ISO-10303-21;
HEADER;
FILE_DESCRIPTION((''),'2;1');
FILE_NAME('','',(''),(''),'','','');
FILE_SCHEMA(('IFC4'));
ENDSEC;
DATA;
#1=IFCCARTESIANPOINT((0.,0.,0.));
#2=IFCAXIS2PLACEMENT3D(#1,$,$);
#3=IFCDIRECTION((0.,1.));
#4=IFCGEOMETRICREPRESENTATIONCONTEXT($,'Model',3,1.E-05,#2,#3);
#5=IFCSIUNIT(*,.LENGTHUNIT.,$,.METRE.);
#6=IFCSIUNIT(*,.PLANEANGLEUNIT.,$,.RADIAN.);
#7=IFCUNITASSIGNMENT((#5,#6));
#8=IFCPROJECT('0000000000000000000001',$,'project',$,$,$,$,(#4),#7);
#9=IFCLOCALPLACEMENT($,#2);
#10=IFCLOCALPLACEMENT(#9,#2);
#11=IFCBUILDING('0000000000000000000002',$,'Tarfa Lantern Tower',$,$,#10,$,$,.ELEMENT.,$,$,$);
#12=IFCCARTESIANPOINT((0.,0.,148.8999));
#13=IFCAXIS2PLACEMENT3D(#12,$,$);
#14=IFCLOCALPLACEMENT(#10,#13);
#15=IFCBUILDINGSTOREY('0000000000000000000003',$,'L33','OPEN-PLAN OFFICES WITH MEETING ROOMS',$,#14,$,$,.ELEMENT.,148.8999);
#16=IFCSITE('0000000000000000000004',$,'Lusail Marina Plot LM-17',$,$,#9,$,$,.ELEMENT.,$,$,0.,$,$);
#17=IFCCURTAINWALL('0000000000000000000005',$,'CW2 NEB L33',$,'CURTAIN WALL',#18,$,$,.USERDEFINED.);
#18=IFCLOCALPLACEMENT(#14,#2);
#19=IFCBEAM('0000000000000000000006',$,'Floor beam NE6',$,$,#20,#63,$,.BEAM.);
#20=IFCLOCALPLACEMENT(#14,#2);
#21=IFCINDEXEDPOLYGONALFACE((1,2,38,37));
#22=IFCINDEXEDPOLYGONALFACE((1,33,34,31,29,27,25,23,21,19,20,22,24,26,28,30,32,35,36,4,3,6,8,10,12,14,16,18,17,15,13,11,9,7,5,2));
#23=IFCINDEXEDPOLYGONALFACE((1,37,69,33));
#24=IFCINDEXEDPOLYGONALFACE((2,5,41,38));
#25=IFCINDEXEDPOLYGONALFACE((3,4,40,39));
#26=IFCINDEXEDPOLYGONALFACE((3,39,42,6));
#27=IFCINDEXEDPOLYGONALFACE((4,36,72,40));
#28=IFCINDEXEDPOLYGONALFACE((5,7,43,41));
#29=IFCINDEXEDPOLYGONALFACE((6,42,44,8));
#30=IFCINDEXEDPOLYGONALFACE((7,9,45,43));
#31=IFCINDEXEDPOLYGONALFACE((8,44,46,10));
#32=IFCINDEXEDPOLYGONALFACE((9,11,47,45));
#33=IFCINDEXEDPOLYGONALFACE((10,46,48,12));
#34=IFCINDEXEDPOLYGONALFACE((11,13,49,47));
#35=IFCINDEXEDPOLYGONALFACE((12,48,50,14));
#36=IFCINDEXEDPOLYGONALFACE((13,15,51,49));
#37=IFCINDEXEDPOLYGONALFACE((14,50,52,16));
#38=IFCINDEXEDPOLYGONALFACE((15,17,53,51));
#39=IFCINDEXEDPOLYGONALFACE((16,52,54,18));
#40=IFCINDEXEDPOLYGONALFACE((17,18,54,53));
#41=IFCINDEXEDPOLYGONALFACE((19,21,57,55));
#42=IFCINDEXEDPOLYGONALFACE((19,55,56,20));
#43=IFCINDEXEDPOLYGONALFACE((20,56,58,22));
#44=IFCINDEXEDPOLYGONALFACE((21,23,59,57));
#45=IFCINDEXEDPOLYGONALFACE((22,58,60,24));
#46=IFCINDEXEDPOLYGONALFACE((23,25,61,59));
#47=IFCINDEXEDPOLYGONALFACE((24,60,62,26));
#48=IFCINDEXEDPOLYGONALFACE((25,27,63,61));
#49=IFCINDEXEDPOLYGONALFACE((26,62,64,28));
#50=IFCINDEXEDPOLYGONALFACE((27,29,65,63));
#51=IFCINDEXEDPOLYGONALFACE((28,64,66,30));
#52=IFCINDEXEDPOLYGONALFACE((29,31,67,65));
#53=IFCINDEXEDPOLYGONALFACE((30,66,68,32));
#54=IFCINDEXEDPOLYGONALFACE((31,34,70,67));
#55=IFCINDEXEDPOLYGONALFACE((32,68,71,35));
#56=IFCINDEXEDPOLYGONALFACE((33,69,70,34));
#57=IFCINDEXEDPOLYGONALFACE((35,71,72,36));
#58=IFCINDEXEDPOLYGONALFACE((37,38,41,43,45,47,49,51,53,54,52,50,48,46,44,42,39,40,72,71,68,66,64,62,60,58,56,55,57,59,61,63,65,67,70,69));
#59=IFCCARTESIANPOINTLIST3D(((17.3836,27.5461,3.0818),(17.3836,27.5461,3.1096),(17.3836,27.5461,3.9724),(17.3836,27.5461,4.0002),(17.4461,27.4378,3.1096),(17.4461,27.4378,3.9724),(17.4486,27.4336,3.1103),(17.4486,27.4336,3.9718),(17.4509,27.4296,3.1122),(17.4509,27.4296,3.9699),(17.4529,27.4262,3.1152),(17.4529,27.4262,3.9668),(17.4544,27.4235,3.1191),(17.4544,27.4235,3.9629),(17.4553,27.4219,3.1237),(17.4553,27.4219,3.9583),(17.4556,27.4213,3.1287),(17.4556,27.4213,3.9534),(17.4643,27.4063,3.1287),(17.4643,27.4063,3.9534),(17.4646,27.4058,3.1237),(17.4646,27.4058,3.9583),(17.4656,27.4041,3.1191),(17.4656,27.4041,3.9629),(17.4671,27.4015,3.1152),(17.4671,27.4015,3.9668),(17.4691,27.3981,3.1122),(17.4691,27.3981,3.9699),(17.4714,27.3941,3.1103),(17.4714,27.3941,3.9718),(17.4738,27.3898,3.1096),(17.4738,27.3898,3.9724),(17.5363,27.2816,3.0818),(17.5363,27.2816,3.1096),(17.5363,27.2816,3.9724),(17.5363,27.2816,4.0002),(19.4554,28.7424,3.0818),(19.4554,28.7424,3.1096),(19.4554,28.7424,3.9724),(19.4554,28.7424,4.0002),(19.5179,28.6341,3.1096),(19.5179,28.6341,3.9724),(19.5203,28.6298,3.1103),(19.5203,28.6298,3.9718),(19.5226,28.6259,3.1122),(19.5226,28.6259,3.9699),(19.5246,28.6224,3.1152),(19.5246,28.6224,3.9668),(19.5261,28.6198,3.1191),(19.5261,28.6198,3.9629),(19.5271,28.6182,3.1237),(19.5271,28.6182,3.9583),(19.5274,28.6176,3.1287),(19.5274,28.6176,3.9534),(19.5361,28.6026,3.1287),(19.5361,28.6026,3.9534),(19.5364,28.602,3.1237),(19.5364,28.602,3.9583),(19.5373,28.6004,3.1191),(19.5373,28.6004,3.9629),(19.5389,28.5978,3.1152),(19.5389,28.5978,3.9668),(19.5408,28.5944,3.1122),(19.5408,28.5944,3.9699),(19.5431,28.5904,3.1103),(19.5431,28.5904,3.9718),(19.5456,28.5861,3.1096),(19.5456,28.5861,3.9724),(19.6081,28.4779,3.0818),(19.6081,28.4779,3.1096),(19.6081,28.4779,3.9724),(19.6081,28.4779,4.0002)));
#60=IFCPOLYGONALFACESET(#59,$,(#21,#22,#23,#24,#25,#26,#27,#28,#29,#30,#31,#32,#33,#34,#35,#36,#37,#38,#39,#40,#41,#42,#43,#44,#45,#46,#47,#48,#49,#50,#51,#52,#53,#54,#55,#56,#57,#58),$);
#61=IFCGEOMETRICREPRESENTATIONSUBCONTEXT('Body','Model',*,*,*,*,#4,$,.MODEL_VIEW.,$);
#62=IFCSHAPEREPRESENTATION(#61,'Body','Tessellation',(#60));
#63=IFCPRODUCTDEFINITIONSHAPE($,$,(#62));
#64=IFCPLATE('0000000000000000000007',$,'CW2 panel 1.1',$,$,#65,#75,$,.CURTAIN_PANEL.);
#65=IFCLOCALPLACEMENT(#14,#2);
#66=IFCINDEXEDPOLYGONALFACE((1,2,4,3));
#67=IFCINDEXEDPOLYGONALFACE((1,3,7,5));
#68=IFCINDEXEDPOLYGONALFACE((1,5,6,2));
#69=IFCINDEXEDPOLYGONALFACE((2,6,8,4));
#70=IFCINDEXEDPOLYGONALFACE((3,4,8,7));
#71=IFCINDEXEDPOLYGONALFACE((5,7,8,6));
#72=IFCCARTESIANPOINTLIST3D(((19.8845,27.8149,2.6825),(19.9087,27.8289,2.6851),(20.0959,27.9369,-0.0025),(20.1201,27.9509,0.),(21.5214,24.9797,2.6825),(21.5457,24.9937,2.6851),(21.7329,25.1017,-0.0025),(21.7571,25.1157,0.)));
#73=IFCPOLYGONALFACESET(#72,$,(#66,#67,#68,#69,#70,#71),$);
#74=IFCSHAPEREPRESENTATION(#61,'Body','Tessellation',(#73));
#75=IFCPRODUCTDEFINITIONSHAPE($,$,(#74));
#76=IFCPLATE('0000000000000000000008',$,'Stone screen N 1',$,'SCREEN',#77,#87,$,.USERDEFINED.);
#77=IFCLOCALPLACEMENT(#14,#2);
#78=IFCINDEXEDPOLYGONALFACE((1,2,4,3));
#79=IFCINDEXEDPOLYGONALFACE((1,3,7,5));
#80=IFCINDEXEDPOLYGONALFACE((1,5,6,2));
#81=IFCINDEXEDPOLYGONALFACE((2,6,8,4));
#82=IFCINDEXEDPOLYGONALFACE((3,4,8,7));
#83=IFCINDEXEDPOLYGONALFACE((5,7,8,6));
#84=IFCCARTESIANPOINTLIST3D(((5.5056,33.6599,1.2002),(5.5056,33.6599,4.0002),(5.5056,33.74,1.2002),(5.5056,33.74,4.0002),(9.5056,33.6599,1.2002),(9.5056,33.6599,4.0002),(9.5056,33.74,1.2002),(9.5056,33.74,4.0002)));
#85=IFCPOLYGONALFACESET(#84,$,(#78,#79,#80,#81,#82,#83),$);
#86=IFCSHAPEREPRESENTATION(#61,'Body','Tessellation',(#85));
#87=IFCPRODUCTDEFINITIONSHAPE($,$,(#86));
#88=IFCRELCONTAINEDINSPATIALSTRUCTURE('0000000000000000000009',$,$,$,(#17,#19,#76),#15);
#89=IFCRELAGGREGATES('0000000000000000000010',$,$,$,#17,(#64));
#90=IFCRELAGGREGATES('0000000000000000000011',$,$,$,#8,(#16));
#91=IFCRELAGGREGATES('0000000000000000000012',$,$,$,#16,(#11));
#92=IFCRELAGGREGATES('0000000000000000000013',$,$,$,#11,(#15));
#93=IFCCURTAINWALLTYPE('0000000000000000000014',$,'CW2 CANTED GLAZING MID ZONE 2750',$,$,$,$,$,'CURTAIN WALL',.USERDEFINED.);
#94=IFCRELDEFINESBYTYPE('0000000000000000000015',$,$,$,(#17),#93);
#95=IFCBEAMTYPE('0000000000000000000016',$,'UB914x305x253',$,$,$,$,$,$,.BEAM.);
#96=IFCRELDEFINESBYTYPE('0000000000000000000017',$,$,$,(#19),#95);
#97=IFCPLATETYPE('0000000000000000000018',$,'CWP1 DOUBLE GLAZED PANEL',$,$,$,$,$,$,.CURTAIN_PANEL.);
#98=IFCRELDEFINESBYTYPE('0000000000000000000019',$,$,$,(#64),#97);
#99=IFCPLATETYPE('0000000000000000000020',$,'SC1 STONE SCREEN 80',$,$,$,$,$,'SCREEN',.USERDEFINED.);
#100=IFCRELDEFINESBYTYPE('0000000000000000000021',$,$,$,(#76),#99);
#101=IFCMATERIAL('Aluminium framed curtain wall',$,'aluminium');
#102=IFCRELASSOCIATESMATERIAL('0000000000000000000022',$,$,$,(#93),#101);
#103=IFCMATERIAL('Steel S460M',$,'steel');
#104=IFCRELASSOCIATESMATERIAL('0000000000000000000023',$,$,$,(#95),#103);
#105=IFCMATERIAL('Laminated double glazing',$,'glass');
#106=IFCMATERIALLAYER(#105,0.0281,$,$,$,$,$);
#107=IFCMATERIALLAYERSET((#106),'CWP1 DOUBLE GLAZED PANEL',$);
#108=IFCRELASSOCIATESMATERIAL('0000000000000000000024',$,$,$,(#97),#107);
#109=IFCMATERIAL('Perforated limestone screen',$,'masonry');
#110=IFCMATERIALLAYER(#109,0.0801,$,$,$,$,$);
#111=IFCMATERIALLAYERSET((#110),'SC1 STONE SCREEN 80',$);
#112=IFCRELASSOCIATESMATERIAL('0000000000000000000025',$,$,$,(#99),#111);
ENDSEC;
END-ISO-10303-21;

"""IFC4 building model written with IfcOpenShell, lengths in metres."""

from ifc_helpers import new_model, si_unit, direction, frame, origin, origin_2d, place, context, subcontext, project, spatial, polyline, rectangle, i_section, outline, extrude, material, layer, layer_set, material_profile, profile_set, type_object, element, aggregate, save


model = new_model("IFC4")

# Units and contexts
model_context = context("Model", 3, precision=1e-05, world=origin(), true_north=direction((0.0, 1.0)))
body_context = subcontext(model_context, "Body", "Model", "MODEL_VIEW")
ifc_project = project(units=[si_unit("LENGTHUNIT", "METRE"), si_unit("PLANEANGLEUNIT", "RADIAN")], contexts=[model_context])

# Site, building, storey
site_placement = place(None, origin())
site = spatial("IfcSite", under=ifc_project, at=site_placement, Name="Lusail Marina Plot LM-17", CompositionType="ELEMENT", RefElevation=0.0)
building_placement = place(site_placement, origin())
building = spatial("IfcBuilding", under=site, at=building_placement, Name="Tarfa Lantern Tower", CompositionType="ELEMENT")
storey_placement = place(building_placement, frame((0.0, 0.0, 148.8999)))
storey = spatial("IfcBuildingStorey", under=building, at=storey_placement, Name="L33", Description="OPEN-PLAN OFFICES WITH MEETING ROOMS", CompositionType="ELEMENT", Elevation=148.8999)

# Curtain wall
ifc_material_1 = material(Name="Aluminium framed curtain wall", Category="aluminium")
curtain_wall_type = type_object("IfcCurtainWallType", Name="CW2 CANTED GLAZING MID ZONE 2750", ElementType="CURTAIN WALL", PredefinedType="USERDEFINED", material=ifc_material_1)
curtain_wall_placement = place(storey_placement, origin())
curtain_wall = element("IfcCurtainWall", 1, at=curtain_wall_placement, inside=storey, type_object=curtain_wall_type, Name="CW2 NEB L33", ObjectType="CURTAIN WALL", PredefinedType="USERDEFINED")

# Beam
ifc_material_2 = material(Name="Steel S460M", Category="steel")
ifc_material_profile_1 = material_profile(ifc_material_2, i_section(OverallWidth=0.3054, OverallDepth=0.9185, WebThickness=0.0173, FlangeThickness=0.0278, FilletRadius=0.019, at=origin_2d()), Name="UB914x305x253")
ifc_profile_set_1 = profile_set([ifc_material_profile_1], Name="Steel S460M")
beam_type_1 = type_object("IfcBeamType", Name="UB914x305x253", PredefinedType="BEAM", material=ifc_profile_set_1)
beam_1_placement = place(storey_placement, frame((19.5317, 28.6101, 3.541), z_axis=(-0.865999, -0.500046, 0.0), x_axis=(0.500046, -0.865999, 0.0)))
element("IfcBeam", 2, at=beam_1_placement, inside=storey, type_object=beam_type_1, Name="Floor beam NE6", PredefinedType="BEAM", context=body_context, shape_type="SweptSolid", body=[
    extrude(i_section(OverallWidth=0.3054, OverallDepth=0.9185, WebThickness=0.0173, FlangeThickness=0.0278, FilletRadius=0.019, at=origin_2d()), origin(), (0.0, 0.0, 1.0), 2.3923),
])

# Plates
ifc_material_3 = material(Name="Laminated double glazing", Category="glass")
ifc_layer_1 = layer(ifc_material_3, 0.0281)
ifc_layer_set_1 = layer_set([ifc_layer_1], Name="CWP1 DOUBLE GLAZED PANEL")
plate_type_1 = type_object("IfcPlateType", Name="CWP1 DOUBLE GLAZED PANEL", PredefinedType="CURTAIN_PANEL", material=ifc_layer_set_1)
plate_1_placement = place(storey_placement, frame((21.7571, 25.1157, 0.0), z_axis=(0.86246, 0.497959, 0.09055), x_axis=(-0.500013, 0.866018, 0.0)))
plate_1 = element("IfcPlate", 3, at=plate_1_placement, type_object=plate_type_1, Name="CW2 panel 1.1", PredefinedType="CURTAIN_PANEL", context=body_context, shape_type="SweptSolid", body=[
    extrude(outline(polyline([(0.0, 0.0), (3.2738, 0.0), (3.2738, 2.6961), (0.0, 2.6961), (0.0, 0.0)])), origin(), (0.0, 0.0, -1.0), 0.0281),
])
aggregate(curtain_wall, [plate_1])
ifc_material_4 = material(Name="Perforated limestone screen", Category="masonry")
ifc_layer_2 = layer(ifc_material_4, 0.0801)
ifc_layer_set_2 = layer_set([ifc_layer_2], Name="SC1 STONE SCREEN 80")
plate_type_2 = type_object("IfcPlateType", Name="SC1 STONE SCREEN 80", ElementType="SCREEN", PredefinedType="USERDEFINED", material=ifc_layer_set_2)
plate_2_placement = place(storey_placement, frame((7.5056, 33.7, 1.2002), z_axis=(0.0, 0.0, 1.0), x_axis=(-1.0, 0.0, 0.0)))
element("IfcPlate", 4, at=plate_2_placement, inside=storey, type_object=plate_type_2, Name="Stone screen N 1", ObjectType="SCREEN", PredefinedType="USERDEFINED", context=body_context, shape_type="SweptSolid", body=[
    extrude(rectangle(XDim=4.0, YDim=0.0801, at=origin_2d()), origin(), (0.0, 0.0, 1.0), 2.8),
])

save(model, "model.ifc")
